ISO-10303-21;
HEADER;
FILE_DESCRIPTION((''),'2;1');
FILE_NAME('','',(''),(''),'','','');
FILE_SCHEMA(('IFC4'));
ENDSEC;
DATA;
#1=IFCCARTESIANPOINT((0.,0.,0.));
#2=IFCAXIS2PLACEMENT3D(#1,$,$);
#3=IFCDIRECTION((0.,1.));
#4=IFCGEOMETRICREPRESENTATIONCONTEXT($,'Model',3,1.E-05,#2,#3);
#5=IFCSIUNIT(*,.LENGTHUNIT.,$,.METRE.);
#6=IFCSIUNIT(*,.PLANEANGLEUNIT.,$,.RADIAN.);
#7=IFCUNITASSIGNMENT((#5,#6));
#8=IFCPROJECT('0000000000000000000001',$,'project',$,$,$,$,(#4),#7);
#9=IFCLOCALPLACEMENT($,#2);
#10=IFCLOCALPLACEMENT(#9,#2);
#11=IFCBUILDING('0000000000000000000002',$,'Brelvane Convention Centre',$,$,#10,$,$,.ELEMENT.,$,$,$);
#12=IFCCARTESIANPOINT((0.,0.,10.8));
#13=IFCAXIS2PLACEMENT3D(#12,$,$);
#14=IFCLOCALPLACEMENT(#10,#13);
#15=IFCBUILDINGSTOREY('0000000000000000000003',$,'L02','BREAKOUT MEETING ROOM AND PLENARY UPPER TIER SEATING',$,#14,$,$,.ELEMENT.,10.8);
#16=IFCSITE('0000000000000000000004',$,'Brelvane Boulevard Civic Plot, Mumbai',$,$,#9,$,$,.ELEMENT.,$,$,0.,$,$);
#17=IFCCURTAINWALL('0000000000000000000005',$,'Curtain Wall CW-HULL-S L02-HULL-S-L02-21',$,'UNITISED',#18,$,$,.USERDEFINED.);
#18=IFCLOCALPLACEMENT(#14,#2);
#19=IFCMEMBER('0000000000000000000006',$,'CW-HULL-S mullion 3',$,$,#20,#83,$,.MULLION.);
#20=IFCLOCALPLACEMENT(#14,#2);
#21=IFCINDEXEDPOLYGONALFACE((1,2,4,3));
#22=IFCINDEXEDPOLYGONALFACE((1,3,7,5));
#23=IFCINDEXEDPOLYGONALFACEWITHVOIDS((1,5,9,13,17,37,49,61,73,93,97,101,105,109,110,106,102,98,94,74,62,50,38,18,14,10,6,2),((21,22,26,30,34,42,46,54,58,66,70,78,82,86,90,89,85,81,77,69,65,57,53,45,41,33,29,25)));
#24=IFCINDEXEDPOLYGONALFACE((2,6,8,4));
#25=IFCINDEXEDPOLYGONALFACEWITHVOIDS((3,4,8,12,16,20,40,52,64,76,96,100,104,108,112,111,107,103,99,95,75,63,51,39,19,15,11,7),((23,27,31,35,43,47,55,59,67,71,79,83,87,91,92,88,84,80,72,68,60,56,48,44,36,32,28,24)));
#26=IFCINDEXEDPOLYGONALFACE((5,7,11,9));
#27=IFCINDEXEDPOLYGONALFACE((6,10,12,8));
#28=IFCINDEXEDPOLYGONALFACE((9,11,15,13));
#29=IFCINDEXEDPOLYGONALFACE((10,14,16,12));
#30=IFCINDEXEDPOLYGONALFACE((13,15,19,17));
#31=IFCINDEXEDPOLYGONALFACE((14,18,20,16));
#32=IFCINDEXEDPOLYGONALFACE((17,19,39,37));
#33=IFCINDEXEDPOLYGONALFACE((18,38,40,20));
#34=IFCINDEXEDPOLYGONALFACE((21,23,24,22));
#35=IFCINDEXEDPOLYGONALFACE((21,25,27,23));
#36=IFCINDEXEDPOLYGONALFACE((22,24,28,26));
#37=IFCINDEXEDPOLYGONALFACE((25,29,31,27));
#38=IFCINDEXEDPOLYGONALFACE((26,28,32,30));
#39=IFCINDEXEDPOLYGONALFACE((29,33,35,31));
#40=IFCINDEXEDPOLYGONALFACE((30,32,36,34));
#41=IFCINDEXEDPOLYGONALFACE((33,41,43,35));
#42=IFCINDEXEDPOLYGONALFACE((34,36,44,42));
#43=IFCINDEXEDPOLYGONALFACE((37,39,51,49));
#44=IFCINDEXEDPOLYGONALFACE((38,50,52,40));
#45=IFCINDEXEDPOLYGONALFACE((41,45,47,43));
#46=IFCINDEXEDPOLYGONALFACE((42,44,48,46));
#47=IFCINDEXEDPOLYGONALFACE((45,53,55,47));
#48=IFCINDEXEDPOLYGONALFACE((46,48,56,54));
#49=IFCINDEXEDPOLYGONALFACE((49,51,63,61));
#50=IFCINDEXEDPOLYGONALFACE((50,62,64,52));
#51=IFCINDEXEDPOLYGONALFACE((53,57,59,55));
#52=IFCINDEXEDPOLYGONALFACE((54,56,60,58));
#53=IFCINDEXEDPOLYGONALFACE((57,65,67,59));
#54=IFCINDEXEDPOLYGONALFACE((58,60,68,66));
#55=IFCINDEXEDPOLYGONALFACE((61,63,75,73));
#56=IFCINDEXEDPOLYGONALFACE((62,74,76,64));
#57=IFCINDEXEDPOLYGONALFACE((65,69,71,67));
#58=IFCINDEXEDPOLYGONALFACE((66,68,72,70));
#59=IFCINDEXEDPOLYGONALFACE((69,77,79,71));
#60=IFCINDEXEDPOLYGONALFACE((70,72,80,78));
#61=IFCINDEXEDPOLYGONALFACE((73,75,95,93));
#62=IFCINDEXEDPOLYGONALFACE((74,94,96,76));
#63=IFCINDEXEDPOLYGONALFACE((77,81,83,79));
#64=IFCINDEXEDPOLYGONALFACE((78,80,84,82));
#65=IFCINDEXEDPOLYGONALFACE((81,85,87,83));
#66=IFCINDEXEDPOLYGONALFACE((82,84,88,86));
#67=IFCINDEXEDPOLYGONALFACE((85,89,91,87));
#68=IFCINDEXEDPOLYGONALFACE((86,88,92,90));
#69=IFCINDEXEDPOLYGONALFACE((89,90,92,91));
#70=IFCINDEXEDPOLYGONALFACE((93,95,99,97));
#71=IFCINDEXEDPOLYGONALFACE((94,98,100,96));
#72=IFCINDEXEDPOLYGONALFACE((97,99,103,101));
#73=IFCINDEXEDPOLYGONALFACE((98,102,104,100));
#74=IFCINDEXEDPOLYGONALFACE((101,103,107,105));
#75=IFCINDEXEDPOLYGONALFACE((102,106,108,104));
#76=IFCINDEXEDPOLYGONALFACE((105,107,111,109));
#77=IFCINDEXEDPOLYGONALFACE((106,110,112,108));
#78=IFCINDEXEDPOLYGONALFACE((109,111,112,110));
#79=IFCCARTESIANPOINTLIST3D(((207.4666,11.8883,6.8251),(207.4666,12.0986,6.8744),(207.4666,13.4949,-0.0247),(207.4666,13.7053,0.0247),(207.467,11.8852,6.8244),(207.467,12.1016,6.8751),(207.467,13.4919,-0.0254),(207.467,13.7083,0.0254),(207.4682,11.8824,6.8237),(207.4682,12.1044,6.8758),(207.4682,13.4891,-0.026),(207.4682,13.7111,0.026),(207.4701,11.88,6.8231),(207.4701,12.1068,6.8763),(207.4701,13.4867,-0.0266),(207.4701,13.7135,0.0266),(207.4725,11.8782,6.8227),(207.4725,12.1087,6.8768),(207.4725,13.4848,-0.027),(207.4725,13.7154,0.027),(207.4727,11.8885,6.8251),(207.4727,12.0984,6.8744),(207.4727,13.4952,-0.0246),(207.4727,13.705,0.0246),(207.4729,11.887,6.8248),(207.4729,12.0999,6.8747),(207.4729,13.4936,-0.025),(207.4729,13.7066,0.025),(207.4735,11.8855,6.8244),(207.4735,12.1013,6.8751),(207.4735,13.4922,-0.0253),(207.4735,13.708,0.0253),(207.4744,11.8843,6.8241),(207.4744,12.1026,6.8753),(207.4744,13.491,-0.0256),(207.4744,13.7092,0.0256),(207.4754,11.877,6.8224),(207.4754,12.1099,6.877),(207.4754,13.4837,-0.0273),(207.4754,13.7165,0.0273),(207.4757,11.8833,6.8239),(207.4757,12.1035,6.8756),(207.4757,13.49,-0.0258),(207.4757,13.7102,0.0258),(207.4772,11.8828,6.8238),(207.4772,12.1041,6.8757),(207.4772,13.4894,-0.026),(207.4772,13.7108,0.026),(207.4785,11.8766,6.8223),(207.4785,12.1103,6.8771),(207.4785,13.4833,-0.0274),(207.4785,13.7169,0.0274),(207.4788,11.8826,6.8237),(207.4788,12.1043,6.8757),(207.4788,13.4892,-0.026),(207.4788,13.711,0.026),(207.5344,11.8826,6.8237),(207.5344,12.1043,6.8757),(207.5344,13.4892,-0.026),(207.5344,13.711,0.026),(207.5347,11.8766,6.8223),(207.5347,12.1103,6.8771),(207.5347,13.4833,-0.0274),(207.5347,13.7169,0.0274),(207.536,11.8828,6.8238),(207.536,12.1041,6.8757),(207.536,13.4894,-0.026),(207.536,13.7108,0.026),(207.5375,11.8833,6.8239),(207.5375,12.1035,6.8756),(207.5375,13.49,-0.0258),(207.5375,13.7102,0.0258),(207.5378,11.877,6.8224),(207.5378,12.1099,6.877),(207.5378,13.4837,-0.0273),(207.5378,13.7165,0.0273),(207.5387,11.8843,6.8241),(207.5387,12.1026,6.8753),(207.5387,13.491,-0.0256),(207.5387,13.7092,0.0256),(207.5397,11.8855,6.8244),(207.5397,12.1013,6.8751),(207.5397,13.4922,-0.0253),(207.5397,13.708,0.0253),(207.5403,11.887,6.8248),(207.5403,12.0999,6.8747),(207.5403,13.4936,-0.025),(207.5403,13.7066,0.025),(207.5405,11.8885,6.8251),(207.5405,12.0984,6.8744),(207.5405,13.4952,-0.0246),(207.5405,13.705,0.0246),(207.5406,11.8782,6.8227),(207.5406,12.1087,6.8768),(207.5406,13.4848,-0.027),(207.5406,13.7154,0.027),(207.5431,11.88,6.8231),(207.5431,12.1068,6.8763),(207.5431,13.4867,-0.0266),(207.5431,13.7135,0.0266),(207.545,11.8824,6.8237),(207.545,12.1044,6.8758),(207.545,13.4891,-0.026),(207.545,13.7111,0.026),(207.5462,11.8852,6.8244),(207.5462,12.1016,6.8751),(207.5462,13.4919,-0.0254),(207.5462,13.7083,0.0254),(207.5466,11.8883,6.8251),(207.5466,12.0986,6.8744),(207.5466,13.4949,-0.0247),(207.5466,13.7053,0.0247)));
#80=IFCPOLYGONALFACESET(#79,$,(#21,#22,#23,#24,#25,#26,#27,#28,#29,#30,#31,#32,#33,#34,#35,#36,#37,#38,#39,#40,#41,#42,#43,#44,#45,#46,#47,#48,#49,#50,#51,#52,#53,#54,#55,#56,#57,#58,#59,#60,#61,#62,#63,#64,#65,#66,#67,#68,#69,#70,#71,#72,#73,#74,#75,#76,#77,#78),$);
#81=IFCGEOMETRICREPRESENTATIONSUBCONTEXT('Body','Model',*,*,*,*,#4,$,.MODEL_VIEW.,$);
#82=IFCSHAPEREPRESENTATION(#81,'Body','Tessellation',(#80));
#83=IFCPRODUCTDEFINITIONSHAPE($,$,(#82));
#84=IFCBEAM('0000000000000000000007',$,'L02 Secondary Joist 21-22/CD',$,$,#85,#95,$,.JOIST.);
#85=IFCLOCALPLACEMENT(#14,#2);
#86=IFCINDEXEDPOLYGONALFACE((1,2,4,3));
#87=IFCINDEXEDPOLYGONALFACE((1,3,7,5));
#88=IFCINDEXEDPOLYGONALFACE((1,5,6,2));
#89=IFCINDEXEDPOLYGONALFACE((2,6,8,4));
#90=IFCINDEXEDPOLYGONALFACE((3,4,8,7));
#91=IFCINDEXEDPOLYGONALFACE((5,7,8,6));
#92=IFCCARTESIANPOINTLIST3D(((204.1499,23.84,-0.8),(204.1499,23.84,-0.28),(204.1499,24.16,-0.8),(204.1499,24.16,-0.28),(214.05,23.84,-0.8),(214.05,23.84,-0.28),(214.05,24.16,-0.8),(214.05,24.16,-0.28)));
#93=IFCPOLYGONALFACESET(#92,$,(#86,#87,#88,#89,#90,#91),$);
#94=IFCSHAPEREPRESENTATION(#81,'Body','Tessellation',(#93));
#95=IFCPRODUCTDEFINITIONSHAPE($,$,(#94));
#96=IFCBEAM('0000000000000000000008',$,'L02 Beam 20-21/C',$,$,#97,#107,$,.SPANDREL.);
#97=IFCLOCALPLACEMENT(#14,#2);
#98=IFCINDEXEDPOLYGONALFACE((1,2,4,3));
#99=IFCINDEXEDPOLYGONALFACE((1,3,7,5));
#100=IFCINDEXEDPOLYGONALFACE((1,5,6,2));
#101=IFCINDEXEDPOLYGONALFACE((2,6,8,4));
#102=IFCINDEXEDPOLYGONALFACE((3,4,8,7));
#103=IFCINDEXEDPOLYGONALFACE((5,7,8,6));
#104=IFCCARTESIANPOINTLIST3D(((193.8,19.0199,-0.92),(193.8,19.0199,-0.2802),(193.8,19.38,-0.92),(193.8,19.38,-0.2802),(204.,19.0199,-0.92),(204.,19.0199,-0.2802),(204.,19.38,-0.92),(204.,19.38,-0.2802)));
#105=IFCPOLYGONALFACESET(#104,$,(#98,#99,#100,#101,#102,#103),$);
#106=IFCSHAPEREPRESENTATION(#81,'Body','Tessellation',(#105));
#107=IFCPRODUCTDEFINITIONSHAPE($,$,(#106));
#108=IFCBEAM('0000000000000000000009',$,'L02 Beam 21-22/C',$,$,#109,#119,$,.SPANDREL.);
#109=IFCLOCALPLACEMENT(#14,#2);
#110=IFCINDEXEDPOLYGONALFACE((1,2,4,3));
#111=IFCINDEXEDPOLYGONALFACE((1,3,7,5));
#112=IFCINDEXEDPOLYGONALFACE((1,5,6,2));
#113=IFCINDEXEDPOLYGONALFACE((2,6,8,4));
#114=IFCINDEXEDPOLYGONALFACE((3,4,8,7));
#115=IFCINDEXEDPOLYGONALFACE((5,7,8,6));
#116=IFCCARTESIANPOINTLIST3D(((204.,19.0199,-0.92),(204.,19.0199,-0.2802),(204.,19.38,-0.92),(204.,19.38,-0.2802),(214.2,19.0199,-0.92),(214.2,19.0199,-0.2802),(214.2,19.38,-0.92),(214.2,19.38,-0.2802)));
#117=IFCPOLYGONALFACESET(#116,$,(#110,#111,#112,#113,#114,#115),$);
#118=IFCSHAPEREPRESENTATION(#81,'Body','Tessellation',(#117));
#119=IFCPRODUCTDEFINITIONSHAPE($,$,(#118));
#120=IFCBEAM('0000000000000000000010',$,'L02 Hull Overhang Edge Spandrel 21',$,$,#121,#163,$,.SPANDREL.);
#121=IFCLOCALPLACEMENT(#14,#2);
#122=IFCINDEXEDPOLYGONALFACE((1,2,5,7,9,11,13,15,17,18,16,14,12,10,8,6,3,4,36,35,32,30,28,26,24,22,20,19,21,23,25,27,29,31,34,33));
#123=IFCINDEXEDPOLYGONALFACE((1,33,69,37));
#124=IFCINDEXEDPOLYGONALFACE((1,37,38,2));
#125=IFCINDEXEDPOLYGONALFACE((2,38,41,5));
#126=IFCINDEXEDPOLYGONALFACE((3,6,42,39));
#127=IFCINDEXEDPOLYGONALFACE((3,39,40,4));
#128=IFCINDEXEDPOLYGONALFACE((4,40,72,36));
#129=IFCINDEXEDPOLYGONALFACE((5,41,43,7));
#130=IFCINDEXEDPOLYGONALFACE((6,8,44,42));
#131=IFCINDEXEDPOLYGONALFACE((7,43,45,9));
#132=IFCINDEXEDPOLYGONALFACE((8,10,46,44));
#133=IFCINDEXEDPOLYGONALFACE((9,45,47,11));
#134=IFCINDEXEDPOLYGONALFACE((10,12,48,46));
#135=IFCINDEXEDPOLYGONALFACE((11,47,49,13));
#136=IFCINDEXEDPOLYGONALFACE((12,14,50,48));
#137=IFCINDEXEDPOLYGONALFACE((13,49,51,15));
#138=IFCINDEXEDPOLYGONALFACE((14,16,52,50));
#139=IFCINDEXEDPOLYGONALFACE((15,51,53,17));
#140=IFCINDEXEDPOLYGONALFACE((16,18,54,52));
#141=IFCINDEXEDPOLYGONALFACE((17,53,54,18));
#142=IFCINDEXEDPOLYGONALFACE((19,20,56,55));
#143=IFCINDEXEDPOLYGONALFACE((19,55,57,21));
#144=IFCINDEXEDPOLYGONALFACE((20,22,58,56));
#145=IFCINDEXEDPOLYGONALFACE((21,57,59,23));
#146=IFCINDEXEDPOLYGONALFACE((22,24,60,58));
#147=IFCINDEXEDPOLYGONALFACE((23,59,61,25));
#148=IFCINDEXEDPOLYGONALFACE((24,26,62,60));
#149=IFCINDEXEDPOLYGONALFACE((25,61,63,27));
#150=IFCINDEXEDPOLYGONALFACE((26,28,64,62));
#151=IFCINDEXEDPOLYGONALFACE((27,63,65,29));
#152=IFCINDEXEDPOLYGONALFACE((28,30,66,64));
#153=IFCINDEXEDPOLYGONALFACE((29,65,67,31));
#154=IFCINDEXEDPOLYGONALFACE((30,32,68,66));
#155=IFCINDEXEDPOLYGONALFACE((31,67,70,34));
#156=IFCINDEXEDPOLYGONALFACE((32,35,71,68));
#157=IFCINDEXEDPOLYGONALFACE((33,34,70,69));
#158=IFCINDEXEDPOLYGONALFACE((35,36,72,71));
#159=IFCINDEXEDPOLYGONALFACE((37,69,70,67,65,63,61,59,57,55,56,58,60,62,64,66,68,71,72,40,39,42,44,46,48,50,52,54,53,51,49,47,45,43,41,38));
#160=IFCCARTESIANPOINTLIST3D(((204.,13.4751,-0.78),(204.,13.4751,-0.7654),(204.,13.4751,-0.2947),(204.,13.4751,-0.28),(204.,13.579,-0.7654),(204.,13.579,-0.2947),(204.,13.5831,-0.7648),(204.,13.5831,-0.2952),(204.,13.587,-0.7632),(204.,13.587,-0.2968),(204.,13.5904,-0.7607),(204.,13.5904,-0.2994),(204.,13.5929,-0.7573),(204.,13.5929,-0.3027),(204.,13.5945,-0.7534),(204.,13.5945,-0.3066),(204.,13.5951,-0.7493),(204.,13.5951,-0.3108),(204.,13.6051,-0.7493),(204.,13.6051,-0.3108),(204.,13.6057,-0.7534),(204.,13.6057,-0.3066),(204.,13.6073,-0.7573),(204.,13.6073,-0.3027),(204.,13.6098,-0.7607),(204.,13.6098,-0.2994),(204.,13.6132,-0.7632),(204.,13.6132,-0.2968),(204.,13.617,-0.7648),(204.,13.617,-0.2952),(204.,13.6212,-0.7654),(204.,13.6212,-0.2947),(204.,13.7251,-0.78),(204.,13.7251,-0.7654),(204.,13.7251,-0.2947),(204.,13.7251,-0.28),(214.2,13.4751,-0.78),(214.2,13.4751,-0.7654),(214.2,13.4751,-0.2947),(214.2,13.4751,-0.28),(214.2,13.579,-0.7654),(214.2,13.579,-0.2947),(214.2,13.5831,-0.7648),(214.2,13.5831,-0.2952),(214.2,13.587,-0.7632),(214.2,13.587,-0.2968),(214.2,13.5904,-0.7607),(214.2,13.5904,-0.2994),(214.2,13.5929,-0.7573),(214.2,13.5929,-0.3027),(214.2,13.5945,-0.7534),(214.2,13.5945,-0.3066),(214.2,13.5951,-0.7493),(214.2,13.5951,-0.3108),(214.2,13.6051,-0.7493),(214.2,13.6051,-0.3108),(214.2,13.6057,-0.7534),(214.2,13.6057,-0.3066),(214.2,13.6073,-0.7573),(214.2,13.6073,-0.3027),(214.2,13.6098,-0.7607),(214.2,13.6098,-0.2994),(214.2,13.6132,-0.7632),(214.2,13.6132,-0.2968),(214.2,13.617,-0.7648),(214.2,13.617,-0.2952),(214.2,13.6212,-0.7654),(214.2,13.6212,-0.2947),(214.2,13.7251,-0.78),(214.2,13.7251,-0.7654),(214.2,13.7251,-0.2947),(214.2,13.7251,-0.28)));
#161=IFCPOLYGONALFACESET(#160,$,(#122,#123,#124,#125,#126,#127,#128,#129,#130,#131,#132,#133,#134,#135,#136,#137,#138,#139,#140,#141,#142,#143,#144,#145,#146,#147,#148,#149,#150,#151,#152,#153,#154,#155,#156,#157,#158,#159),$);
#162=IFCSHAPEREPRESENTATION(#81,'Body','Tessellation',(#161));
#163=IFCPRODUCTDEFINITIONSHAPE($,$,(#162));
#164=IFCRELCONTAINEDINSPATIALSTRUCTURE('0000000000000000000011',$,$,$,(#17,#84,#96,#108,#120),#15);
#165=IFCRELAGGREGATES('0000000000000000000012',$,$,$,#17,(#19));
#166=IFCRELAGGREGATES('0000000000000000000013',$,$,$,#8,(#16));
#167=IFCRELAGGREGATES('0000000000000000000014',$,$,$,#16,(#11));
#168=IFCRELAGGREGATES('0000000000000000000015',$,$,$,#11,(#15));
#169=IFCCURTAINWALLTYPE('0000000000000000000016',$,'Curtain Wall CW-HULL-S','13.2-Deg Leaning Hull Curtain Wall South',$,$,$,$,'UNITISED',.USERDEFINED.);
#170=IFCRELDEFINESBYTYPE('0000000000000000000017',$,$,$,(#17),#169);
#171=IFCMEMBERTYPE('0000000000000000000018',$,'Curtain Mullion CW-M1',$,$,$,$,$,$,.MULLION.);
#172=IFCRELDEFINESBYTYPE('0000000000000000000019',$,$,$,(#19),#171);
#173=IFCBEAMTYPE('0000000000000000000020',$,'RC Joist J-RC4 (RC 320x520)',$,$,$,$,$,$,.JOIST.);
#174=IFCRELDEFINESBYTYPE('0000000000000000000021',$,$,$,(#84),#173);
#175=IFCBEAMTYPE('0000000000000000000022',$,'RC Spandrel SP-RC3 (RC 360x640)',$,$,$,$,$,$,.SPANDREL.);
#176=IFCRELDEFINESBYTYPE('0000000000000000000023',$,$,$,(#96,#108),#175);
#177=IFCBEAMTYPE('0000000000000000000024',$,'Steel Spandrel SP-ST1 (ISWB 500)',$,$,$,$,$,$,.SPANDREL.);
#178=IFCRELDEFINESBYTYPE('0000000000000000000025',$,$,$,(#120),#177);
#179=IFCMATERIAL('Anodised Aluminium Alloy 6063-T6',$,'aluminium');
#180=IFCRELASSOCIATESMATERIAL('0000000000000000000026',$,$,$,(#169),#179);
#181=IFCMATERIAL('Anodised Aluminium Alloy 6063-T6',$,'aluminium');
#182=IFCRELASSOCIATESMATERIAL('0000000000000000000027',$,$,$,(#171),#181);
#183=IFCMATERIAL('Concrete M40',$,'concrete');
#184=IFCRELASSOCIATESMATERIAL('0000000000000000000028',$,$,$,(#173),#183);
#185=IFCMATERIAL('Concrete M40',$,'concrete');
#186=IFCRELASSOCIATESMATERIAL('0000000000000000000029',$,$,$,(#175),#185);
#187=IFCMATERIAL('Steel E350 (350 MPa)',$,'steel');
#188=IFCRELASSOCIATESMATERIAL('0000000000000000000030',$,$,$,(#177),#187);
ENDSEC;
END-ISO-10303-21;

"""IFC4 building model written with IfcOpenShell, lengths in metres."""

from ifc_helpers import new_model, si_unit, direction, frame, origin, origin_2d, place, context, subcontext, project, spatial, rectangle, hollow_rectangle, i_section, extrude, material, material_profile, profile_set, type_object, element, aggregate, save


model = new_model("IFC4")

# Units and contexts
model_context = context("Model", 3, precision=1e-05, world=origin(), true_north=direction((0.0, 1.0)))
body_context = subcontext(model_context, "Body", "Model", "MODEL_VIEW")
ifc_project = project(units=[si_unit("LENGTHUNIT", "METRE"), si_unit("PLANEANGLEUNIT", "RADIAN")], contexts=[model_context])

# Site, building, storey
site_placement = place(None, origin())
site = spatial("IfcSite", under=ifc_project, at=site_placement, Name="Brelvane Boulevard Civic Plot, Mumbai", CompositionType="ELEMENT", RefElevation=0.0)
building_placement = place(site_placement, origin())
building = spatial("IfcBuilding", under=site, at=building_placement, Name="Brelvane Convention Centre", CompositionType="ELEMENT")
storey_placement = place(building_placement, frame((0.0, 0.0, 10.8)))
storey = spatial("IfcBuildingStorey", under=building, at=storey_placement, Name="L02", Description="BREAKOUT MEETING ROOM AND PLENARY UPPER TIER SEATING", CompositionType="ELEMENT", Elevation=10.8)

# Curtain wall, member
ifc_material_1 = material(Name="Anodised Aluminium Alloy 6063-T6", Category="aluminium")
curtain_wall_type = type_object("IfcCurtainWallType", Name="Curtain Wall CW-HULL-S", Description="13.2-Deg Leaning Hull Curtain Wall South", ElementType="UNITISED", PredefinedType="USERDEFINED", material=ifc_material_1)
curtain_wall_placement = place(storey_placement, origin())
curtain_wall = element("IfcCurtainWall", 1, at=curtain_wall_placement, inside=storey, type_object=curtain_wall_type, Name="Curtain Wall CW-HULL-S L02-HULL-S-L02-21", ObjectType="UNITISED", PredefinedType="USERDEFINED")
ifc_material_2 = material(Name="Anodised Aluminium Alloy 6063-T6", Category="aluminium")
ifc_material_profile_1 = material_profile(ifc_material_2, hollow_rectangle(XDim=0.0801, YDim=0.24, WallThickness=0.0061, InnerFilletRadius=0.0061, OuterFilletRadius=0.012, at=origin_2d()), Name="ALU-M 240x80x6.0")
ifc_profile_set_1 = profile_set([ifc_material_profile_1], Name="Anodised Aluminium Alloy 6063-T6")
member_type = type_object("IfcMemberType", Name="Curtain Mullion CW-M1", PredefinedType="MULLION", material=ifc_profile_set_1)
member_1_placement = place(storey_placement, frame((207.5066, 13.6001, 0.0), z_axis=(0.0, -0.22836, 0.973577), x_axis=(1.0, 0.0, 0.0)))
member_1 = element("IfcMember", 2, at=member_1_placement, type_object=member_type, Name="CW-HULL-S mullion 3", PredefinedType="MULLION", context=body_context, shape_type="SweptSolid", body=[
    extrude(hollow_rectangle(XDim=0.0801, YDim=0.24, WallThickness=0.0061, InnerFilletRadius=0.0061, OuterFilletRadius=0.012, at=origin_2d()), origin(), (0.0, 0.0, 1.0), 7.0356),
])
aggregate(curtain_wall, [member_1])

# Beams
ifc_material_3 = material(Name="Concrete M40", Category="concrete")
ifc_material_profile_2 = material_profile(ifc_material_3, rectangle(XDim=0.3201, YDim=0.52, at=origin_2d()), Name="RC 320x520")
ifc_profile_set_2 = profile_set([ifc_material_profile_2], Name="Concrete M40")
beam_type_1 = type_object("IfcBeamType", Name="RC Joist J-RC4 (RC 320x520)", PredefinedType="JOIST", material=ifc_profile_set_2)
beam_1_placement = place(storey_placement, frame((204.1499, 24.0, -0.54), z_axis=(1.0, 0.0, 0.0), x_axis=(0.0, 1.0, 0.0)))
element("IfcBeam", 3, at=beam_1_placement, inside=storey, type_object=beam_type_1, Name="L02 Secondary Joist 21-22/CD", PredefinedType="JOIST", context=body_context, shape_type="SweptSolid", body=[
    extrude(rectangle(XDim=0.3201, YDim=0.52, at=origin_2d()), origin(), (0.0, 0.0, 1.0), 9.9001),
])
ifc_material_4 = material(Name="Concrete M40", Category="concrete")
ifc_material_profile_3 = material_profile(ifc_material_4, rectangle(XDim=0.3601, YDim=0.6399, at=origin_2d()), Name="RC 360x640")
ifc_profile_set_3 = profile_set([ifc_material_profile_3], Name="Concrete M40")
beam_type_2 = type_object("IfcBeamType", Name="RC Spandrel SP-RC3 (RC 360x640)", PredefinedType="SPANDREL", material=ifc_profile_set_3)
for number, where, z_axis, x_axis, name in (
    (4, (193.8, 19.2, -0.6001), (1.0, 0.0, 0.0), (0.0, 1.0, 0.0), "L02 Beam 20-21/C"),
    (5, (204.0, 19.2, -0.6001), (1.0, 0.0, 0.0), (0.0, 1.0, 0.0), "L02 Beam 21-22/C"),
):
    element("IfcBeam", number, at=place(storey_placement, frame(where, z_axis=z_axis, x_axis=x_axis)), inside=storey, type_object=beam_type_2, Name=name, PredefinedType="SPANDREL", context=body_context, shape_type="SweptSolid", body=[
        extrude(rectangle(XDim=0.3601, YDim=0.6399, at=origin_2d()), origin(), (0.0, 0.0, 1.0), 10.2),
    ])
ifc_material_5 = material(Name="Steel E350 (350 MPa)", Category="steel")
ifc_material_profile_4 = material_profile(ifc_material_5, i_section(OverallWidth=0.25, OverallDepth=0.5, WebThickness=0.01, FlangeThickness=0.0146, FilletRadius=0.0161, at=origin_2d()), Name="ISWB 500")
ifc_profile_set_4 = profile_set([ifc_material_profile_4], Name="Steel E350 (350 MPa)")
beam_type_3 = type_object("IfcBeamType", Name="Steel Spandrel SP-ST1 (ISWB 500)", PredefinedType="SPANDREL", material=ifc_profile_set_4)
beam_2_placement = place(storey_placement, frame((204.0, 13.6001, -0.53), z_axis=(1.0, 0.0, 0.0), x_axis=(0.0, 1.0, 0.0)))
element("IfcBeam", 6, at=beam_2_placement, inside=storey, type_object=beam_type_3, Name="L02 Hull Overhang Edge Spandrel 21", PredefinedType="SPANDREL", context=body_context, shape_type="SweptSolid", body=[
    extrude(i_section(OverallWidth=0.25, OverallDepth=0.5, WebThickness=0.01, FlangeThickness=0.0146, FilletRadius=0.0161, at=origin_2d()), origin(), (0.0, 0.0, 1.0), 10.2),
])

save(model, "model.ifc")
